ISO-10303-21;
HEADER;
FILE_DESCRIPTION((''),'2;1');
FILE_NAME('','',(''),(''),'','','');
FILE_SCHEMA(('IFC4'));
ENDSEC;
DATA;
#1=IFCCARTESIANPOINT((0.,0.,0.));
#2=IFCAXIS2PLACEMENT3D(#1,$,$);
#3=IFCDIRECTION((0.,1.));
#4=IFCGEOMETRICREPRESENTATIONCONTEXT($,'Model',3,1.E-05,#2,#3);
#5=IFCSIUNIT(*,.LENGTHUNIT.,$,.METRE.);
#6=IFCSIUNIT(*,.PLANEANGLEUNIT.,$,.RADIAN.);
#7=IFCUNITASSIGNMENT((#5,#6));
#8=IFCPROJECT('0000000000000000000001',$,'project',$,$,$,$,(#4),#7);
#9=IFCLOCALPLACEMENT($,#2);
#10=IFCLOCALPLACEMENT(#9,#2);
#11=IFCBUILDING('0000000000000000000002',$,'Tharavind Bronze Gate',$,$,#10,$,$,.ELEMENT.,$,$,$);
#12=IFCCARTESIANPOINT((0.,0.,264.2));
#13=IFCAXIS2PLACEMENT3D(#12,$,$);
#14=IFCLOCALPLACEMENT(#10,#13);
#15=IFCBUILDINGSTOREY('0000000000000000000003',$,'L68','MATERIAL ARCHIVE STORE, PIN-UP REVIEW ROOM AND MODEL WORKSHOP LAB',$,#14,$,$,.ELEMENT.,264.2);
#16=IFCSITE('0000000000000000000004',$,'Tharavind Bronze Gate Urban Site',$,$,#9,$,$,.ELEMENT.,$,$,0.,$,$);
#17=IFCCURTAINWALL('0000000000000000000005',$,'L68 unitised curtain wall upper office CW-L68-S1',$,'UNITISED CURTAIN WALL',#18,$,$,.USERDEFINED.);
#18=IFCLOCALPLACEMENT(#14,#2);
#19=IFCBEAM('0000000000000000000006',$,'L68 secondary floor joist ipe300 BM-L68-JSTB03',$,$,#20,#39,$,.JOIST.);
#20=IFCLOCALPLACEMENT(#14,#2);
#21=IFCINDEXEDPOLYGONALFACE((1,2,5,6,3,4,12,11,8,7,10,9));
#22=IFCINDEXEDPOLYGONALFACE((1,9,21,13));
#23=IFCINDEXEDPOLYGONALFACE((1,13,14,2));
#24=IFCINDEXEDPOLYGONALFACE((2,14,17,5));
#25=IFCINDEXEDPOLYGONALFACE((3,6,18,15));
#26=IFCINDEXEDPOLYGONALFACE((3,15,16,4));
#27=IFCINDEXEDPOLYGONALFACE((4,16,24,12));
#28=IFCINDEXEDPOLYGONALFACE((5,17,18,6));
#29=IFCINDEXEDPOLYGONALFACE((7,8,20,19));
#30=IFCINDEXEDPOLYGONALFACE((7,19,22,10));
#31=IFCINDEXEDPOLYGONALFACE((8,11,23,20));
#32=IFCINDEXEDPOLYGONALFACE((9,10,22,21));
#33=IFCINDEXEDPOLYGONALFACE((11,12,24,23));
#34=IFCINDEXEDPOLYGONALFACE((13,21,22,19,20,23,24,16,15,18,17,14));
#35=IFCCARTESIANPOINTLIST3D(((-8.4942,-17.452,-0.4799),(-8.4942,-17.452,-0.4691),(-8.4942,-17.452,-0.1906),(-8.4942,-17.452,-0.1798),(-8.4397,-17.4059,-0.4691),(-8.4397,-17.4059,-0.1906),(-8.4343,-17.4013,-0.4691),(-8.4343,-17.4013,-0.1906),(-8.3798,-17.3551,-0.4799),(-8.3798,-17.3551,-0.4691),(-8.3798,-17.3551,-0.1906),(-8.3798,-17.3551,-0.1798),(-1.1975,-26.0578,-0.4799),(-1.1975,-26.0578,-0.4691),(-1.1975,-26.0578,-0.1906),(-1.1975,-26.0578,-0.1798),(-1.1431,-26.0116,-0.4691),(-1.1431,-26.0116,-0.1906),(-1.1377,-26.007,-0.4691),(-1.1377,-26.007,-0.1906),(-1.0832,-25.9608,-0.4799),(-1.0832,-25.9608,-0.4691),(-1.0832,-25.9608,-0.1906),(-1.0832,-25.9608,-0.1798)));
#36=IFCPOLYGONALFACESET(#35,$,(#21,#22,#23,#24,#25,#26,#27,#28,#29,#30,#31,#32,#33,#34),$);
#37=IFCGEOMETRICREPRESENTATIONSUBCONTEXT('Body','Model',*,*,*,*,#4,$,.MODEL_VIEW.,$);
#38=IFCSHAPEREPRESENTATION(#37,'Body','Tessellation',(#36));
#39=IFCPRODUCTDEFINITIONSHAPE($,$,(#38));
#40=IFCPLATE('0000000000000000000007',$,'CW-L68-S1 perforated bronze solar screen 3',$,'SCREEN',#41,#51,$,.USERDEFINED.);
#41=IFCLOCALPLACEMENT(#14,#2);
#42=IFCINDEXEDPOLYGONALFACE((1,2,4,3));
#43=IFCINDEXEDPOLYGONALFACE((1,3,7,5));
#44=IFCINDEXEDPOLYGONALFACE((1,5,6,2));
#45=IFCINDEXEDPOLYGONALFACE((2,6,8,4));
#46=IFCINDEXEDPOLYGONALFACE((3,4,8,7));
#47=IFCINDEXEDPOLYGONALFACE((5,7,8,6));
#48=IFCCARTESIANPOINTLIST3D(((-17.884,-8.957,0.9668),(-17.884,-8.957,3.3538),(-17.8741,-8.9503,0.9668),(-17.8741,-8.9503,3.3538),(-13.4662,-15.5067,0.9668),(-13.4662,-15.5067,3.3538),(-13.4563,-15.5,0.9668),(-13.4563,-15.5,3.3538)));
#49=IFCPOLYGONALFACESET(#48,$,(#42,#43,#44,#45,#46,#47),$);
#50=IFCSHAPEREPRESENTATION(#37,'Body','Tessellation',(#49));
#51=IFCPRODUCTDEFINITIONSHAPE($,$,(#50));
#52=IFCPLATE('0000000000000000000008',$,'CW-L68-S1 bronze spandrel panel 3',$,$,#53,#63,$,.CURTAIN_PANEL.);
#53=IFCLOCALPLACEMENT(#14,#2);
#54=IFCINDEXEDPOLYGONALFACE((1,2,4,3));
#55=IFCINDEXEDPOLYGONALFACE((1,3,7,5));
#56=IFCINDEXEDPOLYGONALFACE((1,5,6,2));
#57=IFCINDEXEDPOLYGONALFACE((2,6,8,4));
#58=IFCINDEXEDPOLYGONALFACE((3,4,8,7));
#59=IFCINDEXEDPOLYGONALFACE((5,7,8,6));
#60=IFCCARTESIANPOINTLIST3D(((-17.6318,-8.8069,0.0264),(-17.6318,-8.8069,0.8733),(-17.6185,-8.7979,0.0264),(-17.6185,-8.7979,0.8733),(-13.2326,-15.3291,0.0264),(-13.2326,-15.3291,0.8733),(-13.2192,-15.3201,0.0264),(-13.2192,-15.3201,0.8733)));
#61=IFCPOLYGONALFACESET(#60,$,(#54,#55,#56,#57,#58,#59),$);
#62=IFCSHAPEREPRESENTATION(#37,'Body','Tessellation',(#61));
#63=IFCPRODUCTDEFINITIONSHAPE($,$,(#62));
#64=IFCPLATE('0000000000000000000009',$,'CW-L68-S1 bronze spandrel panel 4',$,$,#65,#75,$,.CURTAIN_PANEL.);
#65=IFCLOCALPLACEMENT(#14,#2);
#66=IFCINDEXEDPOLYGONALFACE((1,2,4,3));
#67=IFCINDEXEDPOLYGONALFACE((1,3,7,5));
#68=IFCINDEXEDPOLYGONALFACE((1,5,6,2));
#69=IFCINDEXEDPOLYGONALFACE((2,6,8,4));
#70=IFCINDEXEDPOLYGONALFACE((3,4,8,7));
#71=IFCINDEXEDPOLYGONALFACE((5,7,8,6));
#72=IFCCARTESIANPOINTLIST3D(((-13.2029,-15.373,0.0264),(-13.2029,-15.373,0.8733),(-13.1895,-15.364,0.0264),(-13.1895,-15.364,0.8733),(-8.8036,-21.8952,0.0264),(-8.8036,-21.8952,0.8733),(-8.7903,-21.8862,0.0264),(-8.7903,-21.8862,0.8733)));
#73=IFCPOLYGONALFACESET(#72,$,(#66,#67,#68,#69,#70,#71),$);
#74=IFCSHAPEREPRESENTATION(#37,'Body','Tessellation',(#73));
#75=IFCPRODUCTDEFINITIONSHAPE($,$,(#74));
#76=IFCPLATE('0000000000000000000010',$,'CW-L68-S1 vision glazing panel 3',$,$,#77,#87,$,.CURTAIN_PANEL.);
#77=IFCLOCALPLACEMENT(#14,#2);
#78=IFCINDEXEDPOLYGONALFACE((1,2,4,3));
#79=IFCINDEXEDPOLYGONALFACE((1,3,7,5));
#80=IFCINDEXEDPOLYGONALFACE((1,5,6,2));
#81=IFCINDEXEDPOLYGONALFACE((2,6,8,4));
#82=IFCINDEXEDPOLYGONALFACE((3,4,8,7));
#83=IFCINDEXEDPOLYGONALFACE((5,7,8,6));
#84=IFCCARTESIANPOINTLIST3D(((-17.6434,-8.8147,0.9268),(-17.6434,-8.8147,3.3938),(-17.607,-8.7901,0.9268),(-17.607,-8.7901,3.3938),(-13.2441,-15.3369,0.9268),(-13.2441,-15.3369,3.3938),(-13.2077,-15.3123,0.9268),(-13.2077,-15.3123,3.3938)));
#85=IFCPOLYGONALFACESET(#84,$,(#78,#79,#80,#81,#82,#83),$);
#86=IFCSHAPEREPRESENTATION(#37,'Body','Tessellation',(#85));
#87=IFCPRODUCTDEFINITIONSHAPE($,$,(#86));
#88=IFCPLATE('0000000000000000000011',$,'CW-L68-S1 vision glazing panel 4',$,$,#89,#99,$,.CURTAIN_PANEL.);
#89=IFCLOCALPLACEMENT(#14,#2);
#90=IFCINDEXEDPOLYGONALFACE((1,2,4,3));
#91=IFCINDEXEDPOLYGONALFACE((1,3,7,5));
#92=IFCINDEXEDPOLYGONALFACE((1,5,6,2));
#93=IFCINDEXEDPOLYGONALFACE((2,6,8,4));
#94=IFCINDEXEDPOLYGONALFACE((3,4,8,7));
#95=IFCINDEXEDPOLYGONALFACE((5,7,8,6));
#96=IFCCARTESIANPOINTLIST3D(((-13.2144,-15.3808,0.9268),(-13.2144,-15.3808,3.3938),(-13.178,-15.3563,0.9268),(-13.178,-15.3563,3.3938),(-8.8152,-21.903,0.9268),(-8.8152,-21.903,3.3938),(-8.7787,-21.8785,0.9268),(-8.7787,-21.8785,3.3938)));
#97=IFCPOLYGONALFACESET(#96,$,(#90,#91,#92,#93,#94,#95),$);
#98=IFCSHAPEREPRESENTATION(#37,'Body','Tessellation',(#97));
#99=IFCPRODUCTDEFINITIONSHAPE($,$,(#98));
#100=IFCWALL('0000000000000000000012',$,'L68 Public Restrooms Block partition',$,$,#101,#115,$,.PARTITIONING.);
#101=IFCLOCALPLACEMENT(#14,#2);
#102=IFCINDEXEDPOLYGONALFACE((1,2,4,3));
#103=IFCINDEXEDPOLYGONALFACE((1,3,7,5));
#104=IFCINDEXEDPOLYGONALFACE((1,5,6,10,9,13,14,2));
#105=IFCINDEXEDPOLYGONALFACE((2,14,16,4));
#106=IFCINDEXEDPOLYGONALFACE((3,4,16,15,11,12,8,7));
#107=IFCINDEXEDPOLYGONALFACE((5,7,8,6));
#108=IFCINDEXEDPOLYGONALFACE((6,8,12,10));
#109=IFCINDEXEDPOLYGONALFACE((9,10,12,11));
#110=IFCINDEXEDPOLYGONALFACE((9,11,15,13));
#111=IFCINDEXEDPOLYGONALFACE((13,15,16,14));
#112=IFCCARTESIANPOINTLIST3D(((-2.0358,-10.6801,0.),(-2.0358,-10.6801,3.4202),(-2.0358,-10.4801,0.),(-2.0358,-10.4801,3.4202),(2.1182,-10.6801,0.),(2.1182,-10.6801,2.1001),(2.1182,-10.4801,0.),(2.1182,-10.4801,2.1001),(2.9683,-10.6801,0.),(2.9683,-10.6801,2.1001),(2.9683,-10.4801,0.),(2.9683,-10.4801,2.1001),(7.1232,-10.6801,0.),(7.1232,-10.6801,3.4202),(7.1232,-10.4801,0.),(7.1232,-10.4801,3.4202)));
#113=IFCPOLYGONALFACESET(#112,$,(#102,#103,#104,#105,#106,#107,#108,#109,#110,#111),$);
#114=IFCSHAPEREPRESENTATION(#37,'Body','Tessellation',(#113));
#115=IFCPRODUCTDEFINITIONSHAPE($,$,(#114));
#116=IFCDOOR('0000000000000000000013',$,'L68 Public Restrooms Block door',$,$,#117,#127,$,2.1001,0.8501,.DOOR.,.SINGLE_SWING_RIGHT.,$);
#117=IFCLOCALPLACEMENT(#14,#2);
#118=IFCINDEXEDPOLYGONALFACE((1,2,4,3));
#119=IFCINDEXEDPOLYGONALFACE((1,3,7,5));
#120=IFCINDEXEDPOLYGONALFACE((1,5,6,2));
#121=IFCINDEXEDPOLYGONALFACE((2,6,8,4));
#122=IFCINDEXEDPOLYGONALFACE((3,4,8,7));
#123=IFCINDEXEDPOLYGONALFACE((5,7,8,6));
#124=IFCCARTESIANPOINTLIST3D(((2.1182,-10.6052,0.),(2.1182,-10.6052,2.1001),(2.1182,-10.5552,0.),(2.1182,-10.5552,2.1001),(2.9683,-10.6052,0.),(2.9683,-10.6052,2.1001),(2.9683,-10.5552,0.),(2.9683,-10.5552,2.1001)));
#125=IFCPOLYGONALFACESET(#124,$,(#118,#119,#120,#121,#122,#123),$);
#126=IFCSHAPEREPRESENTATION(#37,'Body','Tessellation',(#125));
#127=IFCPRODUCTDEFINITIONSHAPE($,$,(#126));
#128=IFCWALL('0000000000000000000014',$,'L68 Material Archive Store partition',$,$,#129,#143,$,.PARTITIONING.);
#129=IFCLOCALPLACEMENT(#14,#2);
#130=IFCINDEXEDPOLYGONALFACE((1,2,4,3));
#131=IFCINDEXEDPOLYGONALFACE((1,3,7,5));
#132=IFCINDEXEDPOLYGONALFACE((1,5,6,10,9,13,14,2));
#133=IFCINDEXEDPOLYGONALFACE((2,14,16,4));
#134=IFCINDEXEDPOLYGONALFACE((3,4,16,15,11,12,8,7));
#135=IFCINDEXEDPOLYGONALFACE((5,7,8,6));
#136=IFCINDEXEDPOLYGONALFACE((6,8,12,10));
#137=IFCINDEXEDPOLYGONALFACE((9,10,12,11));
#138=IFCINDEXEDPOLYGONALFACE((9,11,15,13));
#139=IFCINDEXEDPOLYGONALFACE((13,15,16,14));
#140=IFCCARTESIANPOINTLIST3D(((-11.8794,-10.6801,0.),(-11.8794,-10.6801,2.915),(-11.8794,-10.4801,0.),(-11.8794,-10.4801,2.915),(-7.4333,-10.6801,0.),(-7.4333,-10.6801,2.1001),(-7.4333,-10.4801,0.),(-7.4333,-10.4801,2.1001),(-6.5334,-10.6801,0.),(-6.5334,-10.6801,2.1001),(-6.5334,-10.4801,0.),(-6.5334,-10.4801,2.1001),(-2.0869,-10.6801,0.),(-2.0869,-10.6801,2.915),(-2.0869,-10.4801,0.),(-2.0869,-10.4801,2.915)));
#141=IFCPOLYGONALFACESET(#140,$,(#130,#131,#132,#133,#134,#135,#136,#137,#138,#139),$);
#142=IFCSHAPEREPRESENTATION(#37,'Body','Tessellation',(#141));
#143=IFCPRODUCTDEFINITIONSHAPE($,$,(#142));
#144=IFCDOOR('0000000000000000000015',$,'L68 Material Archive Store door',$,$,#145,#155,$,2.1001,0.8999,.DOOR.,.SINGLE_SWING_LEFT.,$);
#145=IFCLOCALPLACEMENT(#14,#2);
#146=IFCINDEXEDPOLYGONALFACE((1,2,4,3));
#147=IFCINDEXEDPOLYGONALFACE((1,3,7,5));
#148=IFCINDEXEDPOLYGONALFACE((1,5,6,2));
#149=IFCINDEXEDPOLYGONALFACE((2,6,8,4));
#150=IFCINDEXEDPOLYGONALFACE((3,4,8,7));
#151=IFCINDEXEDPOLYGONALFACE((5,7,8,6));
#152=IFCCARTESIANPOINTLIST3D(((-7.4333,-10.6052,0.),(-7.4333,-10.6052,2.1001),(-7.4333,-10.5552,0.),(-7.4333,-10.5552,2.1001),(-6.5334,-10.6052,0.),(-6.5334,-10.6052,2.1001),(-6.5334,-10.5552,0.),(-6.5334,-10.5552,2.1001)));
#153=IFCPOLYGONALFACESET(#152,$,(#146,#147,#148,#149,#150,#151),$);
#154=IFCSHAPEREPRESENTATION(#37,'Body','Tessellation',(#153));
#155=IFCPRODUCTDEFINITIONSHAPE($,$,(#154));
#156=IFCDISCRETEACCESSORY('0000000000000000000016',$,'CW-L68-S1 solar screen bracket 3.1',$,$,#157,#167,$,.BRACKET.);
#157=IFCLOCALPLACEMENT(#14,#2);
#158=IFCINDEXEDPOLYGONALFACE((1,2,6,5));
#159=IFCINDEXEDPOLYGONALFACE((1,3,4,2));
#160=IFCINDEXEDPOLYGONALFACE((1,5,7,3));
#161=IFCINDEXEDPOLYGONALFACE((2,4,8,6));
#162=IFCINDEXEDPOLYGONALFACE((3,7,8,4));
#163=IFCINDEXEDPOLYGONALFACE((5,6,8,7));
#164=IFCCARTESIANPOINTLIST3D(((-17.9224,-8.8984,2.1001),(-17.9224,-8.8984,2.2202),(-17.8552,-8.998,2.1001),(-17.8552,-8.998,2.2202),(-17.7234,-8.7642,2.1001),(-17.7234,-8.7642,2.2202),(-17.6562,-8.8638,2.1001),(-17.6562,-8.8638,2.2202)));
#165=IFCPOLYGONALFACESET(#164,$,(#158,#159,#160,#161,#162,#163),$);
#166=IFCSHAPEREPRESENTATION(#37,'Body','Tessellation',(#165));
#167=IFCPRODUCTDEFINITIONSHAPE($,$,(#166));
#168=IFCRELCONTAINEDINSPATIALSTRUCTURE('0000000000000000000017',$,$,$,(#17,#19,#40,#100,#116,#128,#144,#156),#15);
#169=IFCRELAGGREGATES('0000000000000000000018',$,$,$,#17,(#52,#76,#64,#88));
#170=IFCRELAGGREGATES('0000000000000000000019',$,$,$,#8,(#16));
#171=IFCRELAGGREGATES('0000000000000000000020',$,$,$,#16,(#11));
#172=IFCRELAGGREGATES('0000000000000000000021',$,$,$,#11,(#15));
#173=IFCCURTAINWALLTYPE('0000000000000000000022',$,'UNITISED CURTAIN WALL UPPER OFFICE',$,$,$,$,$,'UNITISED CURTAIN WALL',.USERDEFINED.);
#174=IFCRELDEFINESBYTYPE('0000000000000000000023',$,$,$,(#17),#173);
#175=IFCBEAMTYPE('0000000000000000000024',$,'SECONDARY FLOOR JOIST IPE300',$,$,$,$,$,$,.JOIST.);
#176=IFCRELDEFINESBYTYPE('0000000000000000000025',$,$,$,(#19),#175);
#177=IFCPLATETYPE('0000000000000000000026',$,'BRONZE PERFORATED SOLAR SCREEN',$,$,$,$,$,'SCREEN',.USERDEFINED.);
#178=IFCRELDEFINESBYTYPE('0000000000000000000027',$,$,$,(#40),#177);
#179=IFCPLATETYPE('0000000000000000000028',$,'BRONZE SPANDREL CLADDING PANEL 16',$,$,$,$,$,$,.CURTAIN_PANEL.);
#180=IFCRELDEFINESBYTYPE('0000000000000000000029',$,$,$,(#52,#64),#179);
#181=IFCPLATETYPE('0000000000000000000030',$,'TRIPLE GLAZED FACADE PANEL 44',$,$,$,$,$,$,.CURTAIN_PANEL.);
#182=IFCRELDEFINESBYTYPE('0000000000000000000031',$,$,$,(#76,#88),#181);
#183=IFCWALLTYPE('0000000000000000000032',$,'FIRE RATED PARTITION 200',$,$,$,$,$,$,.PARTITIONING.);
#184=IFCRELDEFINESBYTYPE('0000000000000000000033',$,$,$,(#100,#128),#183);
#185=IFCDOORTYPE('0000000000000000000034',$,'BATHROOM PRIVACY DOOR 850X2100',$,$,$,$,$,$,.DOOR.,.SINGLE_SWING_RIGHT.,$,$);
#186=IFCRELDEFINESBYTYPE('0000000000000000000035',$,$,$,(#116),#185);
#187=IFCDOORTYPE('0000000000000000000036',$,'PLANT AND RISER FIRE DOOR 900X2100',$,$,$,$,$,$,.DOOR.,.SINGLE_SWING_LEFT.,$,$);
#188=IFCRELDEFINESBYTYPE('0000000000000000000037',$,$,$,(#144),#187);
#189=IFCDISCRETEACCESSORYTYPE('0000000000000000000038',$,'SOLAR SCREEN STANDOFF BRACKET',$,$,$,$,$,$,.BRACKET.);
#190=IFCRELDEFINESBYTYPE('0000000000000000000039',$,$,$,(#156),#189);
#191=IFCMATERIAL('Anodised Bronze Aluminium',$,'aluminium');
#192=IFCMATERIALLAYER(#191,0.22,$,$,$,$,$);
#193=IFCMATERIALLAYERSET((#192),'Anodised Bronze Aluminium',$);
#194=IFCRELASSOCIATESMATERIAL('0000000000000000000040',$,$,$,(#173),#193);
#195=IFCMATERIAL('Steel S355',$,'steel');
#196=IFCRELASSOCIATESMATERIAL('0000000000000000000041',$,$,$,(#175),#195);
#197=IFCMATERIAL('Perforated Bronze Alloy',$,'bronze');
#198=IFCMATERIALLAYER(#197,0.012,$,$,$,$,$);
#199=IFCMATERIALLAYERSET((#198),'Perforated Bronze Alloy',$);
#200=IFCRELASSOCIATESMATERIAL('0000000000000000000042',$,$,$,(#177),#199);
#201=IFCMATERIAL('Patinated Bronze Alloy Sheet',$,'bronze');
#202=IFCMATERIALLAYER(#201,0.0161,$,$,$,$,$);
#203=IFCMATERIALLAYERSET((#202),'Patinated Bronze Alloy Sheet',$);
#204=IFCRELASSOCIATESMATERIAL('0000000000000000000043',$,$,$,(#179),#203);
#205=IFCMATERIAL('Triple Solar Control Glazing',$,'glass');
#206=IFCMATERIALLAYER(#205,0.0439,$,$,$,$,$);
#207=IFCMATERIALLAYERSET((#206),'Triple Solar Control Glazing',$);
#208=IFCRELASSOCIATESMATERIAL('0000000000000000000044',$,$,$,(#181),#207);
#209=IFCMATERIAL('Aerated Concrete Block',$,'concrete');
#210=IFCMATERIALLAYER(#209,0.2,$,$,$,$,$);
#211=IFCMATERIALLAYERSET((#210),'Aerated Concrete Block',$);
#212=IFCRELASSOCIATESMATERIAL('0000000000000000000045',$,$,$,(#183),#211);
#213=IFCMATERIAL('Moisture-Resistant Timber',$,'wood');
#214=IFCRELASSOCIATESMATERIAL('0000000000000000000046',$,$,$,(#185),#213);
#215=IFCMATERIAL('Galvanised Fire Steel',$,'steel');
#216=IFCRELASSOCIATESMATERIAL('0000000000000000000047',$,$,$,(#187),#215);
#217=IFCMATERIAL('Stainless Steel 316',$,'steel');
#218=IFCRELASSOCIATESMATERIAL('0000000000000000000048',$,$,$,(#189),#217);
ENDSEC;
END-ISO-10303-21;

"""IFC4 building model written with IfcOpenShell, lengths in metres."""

from ifc_helpers import new_model, si_unit, direction, frame, frame_2d, origin, origin_2d, place, context, subcontext, project, spatial, rectangle, i_section, extrude, material, layer, layer_set, material_profile, profile_set, type_object, element, fill, aggregate, save


model = new_model("IFC4")

# Units and contexts
model_context = context("Model", 3, precision=1e-05, world=origin(), true_north=direction((0.0, 1.0)))
body_context = subcontext(model_context, "Body", "Model", "MODEL_VIEW")
ifc_project = project(units=[si_unit("LENGTHUNIT", "METRE"), si_unit("PLANEANGLEUNIT", "RADIAN")], contexts=[model_context])

# Site, building, storey
site_placement = place(None, origin())
site = spatial("IfcSite", under=ifc_project, at=site_placement, Name="Tharavind Bronze Gate Urban Site", CompositionType="ELEMENT", RefElevation=0.0)
building_placement = place(site_placement, origin())
building = spatial("IfcBuilding", under=site, at=building_placement, Name="Tharavind Bronze Gate", CompositionType="ELEMENT")
storey_placement = place(building_placement, frame((0.0, 0.0, 264.2)))
storey = spatial("IfcBuildingStorey", under=building, at=storey_placement, Name="L68", Description="MATERIAL ARCHIVE STORE, PIN-UP REVIEW ROOM AND MODEL WORKSHOP LAB", CompositionType="ELEMENT", Elevation=264.2)

# Curtain wall
ifc_material_1 = material(Name="Anodised Bronze Aluminium", Category="aluminium")
ifc_layer_1 = layer(ifc_material_1, 0.22)
ifc_layer_set_1 = layer_set([ifc_layer_1], Name="Anodised Bronze Aluminium")
curtain_wall_type = type_object("IfcCurtainWallType", Name="UNITISED CURTAIN WALL UPPER OFFICE", ElementType="UNITISED CURTAIN WALL", PredefinedType="USERDEFINED", material=ifc_layer_set_1)
curtain_wall_placement = place(storey_placement, origin())
curtain_wall = element("IfcCurtainWall", 1, at=curtain_wall_placement, inside=storey, type_object=curtain_wall_type, Name="L68 unitised curtain wall upper office CW-L68-S1", ObjectType="UNITISED CURTAIN WALL", PredefinedType="USERDEFINED")

# Beam
ifc_material_2 = material(Name="Steel S355", Category="steel")
ifc_material_profile_1 = material_profile(ifc_material_2, i_section(OverallWidth=0.1499, OverallDepth=0.3, WebThickness=0.0071, FlangeThickness=0.0107, at=origin_2d()), Name="IPE300")
ifc_profile_set_1 = profile_set([ifc_material_profile_1], Name="Steel S355")
beam_type_1 = type_object("IfcBeamType", Name="SECONDARY FLOOR JOIST IPE300", PredefinedType="JOIST", material=ifc_profile_set_1)
beam_1_placement = place(storey_placement, frame((-8.437, -17.4036, -0.3298), z_axis=(0.64671, -0.762736, 0.0), x_axis=(0.762736, 0.64671, 0.0)))
element("IfcBeam", 2, at=beam_1_placement, inside=storey, type_object=beam_type_1, Name="L68 secondary floor joist ipe300 BM-L68-JSTB03", PredefinedType="JOIST", context=body_context, shape_type="SweptSolid", body=[
    extrude(i_section(OverallWidth=0.1499, OverallDepth=0.3, WebThickness=0.0071, FlangeThickness=0.0107, at=origin_2d()), origin(), (0.0, 0.0, 1.0), 11.2827),
])

# Plates
ifc_material_3 = material(Name="Perforated Bronze Alloy", Category="bronze")
ifc_layer_2 = layer(ifc_material_3, 0.012)
ifc_layer_set_2 = layer_set([ifc_layer_2], Name="Perforated Bronze Alloy")
plate_type_1 = type_object("IfcPlateType", Name="BRONZE PERFORATED SOLAR SCREEN", ElementType="SCREEN", PredefinedType="USERDEFINED", material=ifc_layer_set_2)
plate_1_placement = place(storey_placement, frame((-15.6702, -12.2285, 0.9668), z_axis=(0.0, 0.0, 1.0), x_axis=(0.559191, -0.829039, 0.0)))
element("IfcPlate", 3, at=plate_1_placement, inside=storey, type_object=plate_type_1, Name="CW-L68-S1 perforated bronze solar screen 3", ObjectType="SCREEN", PredefinedType="USERDEFINED", context=body_context, shape_type="SweptSolid", body=[
    extrude(rectangle(XDim=7.9004, YDim=0.012, at=origin_2d()), origin(), (0.0, 0.0, 1.0), 2.387),
])
ifc_material_4 = material(Name="Patinated Bronze Alloy Sheet", Category="bronze")
ifc_layer_3 = layer(ifc_material_4, 0.0161)
ifc_layer_set_3 = layer_set([ifc_layer_3], Name="Patinated Bronze Alloy Sheet")
plate_type_2 = type_object("IfcPlateType", Name="BRONZE SPANDREL CLADDING PANEL 16", PredefinedType="CURTAIN_PANEL", material=ifc_layer_set_3)
plate_2_placement = place(storey_placement, frame((-15.4255, -12.0635, 0.0264), z_axis=(0.0, 0.0, 1.0), x_axis=(0.559191, -0.829039, 0.0)))
plate_2 = element("IfcPlate", 4, at=plate_2_placement, type_object=plate_type_2, Name="CW-L68-S1 bronze spandrel panel 3", PredefinedType="CURTAIN_PANEL", context=body_context, shape_type="SweptSolid", body=[
    extrude(rectangle(XDim=7.8672, YDim=0.0161, at=origin_2d()), origin(), (0.0, 0.0, 1.0), 0.8469),
])
plate_3_placement = place(storey_placement, frame((-10.9966, -18.6296, 0.0264), z_axis=(0.0, 0.0, 1.0), x_axis=(0.559191, -0.829039, 0.0)))
plate_3 = element("IfcPlate", 5, at=plate_3_placement, type_object=plate_type_2, Name="CW-L68-S1 bronze spandrel panel 4", PredefinedType="CURTAIN_PANEL", context=body_context, shape_type="SweptSolid", body=[
    extrude(rectangle(XDim=7.8672, YDim=0.0161, at=origin_2d()), origin(), (0.0, 0.0, 1.0), 0.8469),
])
ifc_material_5 = material(Name="Triple Solar Control Glazing", Category="glass")
ifc_layer_4 = layer(ifc_material_5, 0.0439)
ifc_layer_set_4 = layer_set([ifc_layer_4], Name="Triple Solar Control Glazing")
plate_type_3 = type_object("IfcPlateType", Name="TRIPLE GLAZED FACADE PANEL 44", PredefinedType="CURTAIN_PANEL", material=ifc_layer_set_4)
plate_4_placement = place(storey_placement, frame((-15.4255, -12.0635, 0.9268), z_axis=(0.0, 0.0, 1.0), x_axis=(0.559191, -0.829039, 0.0)))
plate_4 = element("IfcPlate", 6, at=plate_4_placement, type_object=plate_type_3, Name="CW-L68-S1 vision glazing panel 3", PredefinedType="CURTAIN_PANEL", context=body_context, shape_type="SweptSolid", body=[
    extrude(rectangle(XDim=7.8672, YDim=0.0439, at=origin_2d()), origin(), (0.0, 0.0, 1.0), 2.467),
])
plate_5_placement = place(storey_placement, frame((-10.9966, -18.6296, 0.9268), z_axis=(0.0, 0.0, 1.0), x_axis=(0.559191, -0.829039, 0.0)))
plate_5 = element("IfcPlate", 7, at=plate_5_placement, type_object=plate_type_3, Name="CW-L68-S1 vision glazing panel 4", PredefinedType="CURTAIN_PANEL", context=body_context, shape_type="SweptSolid", body=[
    extrude(rectangle(XDim=7.8672, YDim=0.0439, at=origin_2d()), origin(), (0.0, 0.0, 1.0), 2.467),
])
aggregate(curtain_wall, [plate_2, plate_4, plate_3, plate_5])

# Walls, openings, doors
ifc_material_6 = material(Name="Aerated Concrete Block", Category="concrete")
ifc_layer_5 = layer(ifc_material_6, 0.2)
ifc_layer_set_5 = layer_set([ifc_layer_5], Name="Aerated Concrete Block")
wall_type = type_object("IfcWallType", Name="FIRE RATED PARTITION 200", PredefinedType="PARTITIONING", material=ifc_layer_set_5)
wall_1_placement = place(storey_placement, frame((-2.0359, -10.5801, 0.0), z_axis=(0.0, 0.0, 1.0), x_axis=(1.0, 0.0, 0.0)))
wall_1 = element("IfcWall", 8, at=wall_1_placement, inside=storey, type_object=wall_type, Name="L68 Public Restrooms Block partition", PredefinedType="PARTITIONING", context=body_context, shape_type="SweptSolid", body=[
    extrude(rectangle(XDim=9.1589, YDim=0.2, at=frame_2d((4.5796, 0.0))), origin(), (0.0, 0.0, 1.0), 3.4202),
])
opening_1_placement = place(wall_1_placement, frame((4.1541, 0.0, 0.0)))
opening_1 = element("IfcOpeningElement", 9, at=opening_1_placement, cuts=wall_1, PredefinedType="OPENING", context=body_context, shape_type="SweptSolid", body=[
    extrude(rectangle(XDim=0.8501, YDim=2.1001, at=frame_2d((0.425, 1.05))), frame((0.0, 0.1101, 0.0), z_axis=(0.0, -1.0, 0.0), x_axis=(1.0, 0.0, 0.0)), (0.0, 0.0, 1.0), 0.22),
])
ifc_material_7 = material(Name="Moisture-Resistant Timber", Category="wood")
door_type_1 = type_object("IfcDoorType", Name="BATHROOM PRIVACY DOOR 850X2100", OperationType="SINGLE_SWING_RIGHT", PredefinedType="DOOR", material=ifc_material_7)
door_1_placement = place(opening_1_placement, origin())
door_1 = element("IfcDoor", 10, at=door_1_placement, inside=storey, type_object=door_type_1, Name="L68 Public Restrooms Block door", OperationType="SINGLE_SWING_RIGHT", OverallHeight=2.1001, OverallWidth=0.8501, PredefinedType="DOOR", context=body_context, shape_type="SweptSolid", body=[
    extrude(rectangle(XDim=0.8501, YDim=2.1001, at=frame_2d((0.425, 1.05))), frame((0.0, 0.0249, 0.0), z_axis=(0.0, -1.0, 0.0), x_axis=(1.0, 0.0, 0.0)), (0.0, 0.0, 1.0), 0.05),
])
fill(opening_1, door_1)
wall_2_placement = place(storey_placement, frame((-11.8794, -10.5801, 0.0), z_axis=(0.0, 0.0, 1.0), x_axis=(1.0, 0.0, 0.0)))
wall_2 = element("IfcWall", 11, at=wall_2_placement, inside=storey, type_object=wall_type, Name="L68 Material Archive Store partition", PredefinedType="PARTITIONING", context=body_context, shape_type="SweptSolid", body=[
    extrude(rectangle(XDim=9.7925, YDim=0.2, at=frame_2d((4.8962, 0.0))), origin(), (0.0, 0.0, 1.0), 2.915),
])
opening_2_placement = place(wall_2_placement, frame((4.446, 0.0, 0.0)))
opening_2 = element("IfcOpeningElement", 12, at=opening_2_placement, cuts=wall_2, PredefinedType="OPENING", context=body_context, shape_type="SweptSolid", body=[
    extrude(rectangle(XDim=0.8999, YDim=2.1001, at=frame_2d((0.45, 1.05))), frame((0.0, 0.1101, 0.0), z_axis=(0.0, -1.0, 0.0), x_axis=(1.0, 0.0, 0.0)), (0.0, 0.0, 1.0), 0.22),
])
ifc_material_8 = material(Name="Galvanised Fire Steel", Category="steel")
door_type_2 = type_object("IfcDoorType", Name="PLANT AND RISER FIRE DOOR 900X2100", OperationType="SINGLE_SWING_LEFT", PredefinedType="DOOR", material=ifc_material_8)
door_2_placement = place(opening_2_placement, origin())
door_2 = element("IfcDoor", 13, at=door_2_placement, inside=storey, type_object=door_type_2, Name="L68 Material Archive Store door", OperationType="SINGLE_SWING_LEFT", OverallHeight=2.1001, OverallWidth=0.8999, PredefinedType="DOOR", context=body_context, shape_type="SweptSolid", body=[
    extrude(rectangle(XDim=0.8999, YDim=2.1001, at=frame_2d((0.45, 1.05))), frame((0.0, 0.0249, 0.0), z_axis=(0.0, -1.0, 0.0), x_axis=(1.0, 0.0, 0.0)), (0.0, 0.0, 1.0), 0.05),
])
fill(opening_2, door_2)

# Discrete accessory
ifc_material_9 = material(Name="Stainless Steel 316", Category="steel")
discrete_accessory_type = type_object("IfcDiscreteAccessoryType", Name="SOLAR SCREEN STANDOFF BRACKET", PredefinedType="BRACKET", material=ifc_material_9)
for number, where, z_axis, x_axis, name in (
    (14, (-17.7893, -8.8811, 2.1001), (0.0, 0.0, 1.0), (0.559191, -0.829039, 0.0), "CW-L68-S1 solar screen bracket 3.1"),
):
    element("IfcDiscreteAccessory", number, at=place(storey_placement, frame(where, z_axis=z_axis, x_axis=x_axis)), inside=storey, type_object=discrete_accessory_type, Name=name, PredefinedType="BRACKET", context=body_context, shape_type="SweptSolid", body=[
        extrude(rectangle(XDim=0.1201, YDim=0.24, at=origin_2d()), origin(), (0.0, 0.0, 1.0), 0.1201),
    ])

save(model, "model.ifc")
